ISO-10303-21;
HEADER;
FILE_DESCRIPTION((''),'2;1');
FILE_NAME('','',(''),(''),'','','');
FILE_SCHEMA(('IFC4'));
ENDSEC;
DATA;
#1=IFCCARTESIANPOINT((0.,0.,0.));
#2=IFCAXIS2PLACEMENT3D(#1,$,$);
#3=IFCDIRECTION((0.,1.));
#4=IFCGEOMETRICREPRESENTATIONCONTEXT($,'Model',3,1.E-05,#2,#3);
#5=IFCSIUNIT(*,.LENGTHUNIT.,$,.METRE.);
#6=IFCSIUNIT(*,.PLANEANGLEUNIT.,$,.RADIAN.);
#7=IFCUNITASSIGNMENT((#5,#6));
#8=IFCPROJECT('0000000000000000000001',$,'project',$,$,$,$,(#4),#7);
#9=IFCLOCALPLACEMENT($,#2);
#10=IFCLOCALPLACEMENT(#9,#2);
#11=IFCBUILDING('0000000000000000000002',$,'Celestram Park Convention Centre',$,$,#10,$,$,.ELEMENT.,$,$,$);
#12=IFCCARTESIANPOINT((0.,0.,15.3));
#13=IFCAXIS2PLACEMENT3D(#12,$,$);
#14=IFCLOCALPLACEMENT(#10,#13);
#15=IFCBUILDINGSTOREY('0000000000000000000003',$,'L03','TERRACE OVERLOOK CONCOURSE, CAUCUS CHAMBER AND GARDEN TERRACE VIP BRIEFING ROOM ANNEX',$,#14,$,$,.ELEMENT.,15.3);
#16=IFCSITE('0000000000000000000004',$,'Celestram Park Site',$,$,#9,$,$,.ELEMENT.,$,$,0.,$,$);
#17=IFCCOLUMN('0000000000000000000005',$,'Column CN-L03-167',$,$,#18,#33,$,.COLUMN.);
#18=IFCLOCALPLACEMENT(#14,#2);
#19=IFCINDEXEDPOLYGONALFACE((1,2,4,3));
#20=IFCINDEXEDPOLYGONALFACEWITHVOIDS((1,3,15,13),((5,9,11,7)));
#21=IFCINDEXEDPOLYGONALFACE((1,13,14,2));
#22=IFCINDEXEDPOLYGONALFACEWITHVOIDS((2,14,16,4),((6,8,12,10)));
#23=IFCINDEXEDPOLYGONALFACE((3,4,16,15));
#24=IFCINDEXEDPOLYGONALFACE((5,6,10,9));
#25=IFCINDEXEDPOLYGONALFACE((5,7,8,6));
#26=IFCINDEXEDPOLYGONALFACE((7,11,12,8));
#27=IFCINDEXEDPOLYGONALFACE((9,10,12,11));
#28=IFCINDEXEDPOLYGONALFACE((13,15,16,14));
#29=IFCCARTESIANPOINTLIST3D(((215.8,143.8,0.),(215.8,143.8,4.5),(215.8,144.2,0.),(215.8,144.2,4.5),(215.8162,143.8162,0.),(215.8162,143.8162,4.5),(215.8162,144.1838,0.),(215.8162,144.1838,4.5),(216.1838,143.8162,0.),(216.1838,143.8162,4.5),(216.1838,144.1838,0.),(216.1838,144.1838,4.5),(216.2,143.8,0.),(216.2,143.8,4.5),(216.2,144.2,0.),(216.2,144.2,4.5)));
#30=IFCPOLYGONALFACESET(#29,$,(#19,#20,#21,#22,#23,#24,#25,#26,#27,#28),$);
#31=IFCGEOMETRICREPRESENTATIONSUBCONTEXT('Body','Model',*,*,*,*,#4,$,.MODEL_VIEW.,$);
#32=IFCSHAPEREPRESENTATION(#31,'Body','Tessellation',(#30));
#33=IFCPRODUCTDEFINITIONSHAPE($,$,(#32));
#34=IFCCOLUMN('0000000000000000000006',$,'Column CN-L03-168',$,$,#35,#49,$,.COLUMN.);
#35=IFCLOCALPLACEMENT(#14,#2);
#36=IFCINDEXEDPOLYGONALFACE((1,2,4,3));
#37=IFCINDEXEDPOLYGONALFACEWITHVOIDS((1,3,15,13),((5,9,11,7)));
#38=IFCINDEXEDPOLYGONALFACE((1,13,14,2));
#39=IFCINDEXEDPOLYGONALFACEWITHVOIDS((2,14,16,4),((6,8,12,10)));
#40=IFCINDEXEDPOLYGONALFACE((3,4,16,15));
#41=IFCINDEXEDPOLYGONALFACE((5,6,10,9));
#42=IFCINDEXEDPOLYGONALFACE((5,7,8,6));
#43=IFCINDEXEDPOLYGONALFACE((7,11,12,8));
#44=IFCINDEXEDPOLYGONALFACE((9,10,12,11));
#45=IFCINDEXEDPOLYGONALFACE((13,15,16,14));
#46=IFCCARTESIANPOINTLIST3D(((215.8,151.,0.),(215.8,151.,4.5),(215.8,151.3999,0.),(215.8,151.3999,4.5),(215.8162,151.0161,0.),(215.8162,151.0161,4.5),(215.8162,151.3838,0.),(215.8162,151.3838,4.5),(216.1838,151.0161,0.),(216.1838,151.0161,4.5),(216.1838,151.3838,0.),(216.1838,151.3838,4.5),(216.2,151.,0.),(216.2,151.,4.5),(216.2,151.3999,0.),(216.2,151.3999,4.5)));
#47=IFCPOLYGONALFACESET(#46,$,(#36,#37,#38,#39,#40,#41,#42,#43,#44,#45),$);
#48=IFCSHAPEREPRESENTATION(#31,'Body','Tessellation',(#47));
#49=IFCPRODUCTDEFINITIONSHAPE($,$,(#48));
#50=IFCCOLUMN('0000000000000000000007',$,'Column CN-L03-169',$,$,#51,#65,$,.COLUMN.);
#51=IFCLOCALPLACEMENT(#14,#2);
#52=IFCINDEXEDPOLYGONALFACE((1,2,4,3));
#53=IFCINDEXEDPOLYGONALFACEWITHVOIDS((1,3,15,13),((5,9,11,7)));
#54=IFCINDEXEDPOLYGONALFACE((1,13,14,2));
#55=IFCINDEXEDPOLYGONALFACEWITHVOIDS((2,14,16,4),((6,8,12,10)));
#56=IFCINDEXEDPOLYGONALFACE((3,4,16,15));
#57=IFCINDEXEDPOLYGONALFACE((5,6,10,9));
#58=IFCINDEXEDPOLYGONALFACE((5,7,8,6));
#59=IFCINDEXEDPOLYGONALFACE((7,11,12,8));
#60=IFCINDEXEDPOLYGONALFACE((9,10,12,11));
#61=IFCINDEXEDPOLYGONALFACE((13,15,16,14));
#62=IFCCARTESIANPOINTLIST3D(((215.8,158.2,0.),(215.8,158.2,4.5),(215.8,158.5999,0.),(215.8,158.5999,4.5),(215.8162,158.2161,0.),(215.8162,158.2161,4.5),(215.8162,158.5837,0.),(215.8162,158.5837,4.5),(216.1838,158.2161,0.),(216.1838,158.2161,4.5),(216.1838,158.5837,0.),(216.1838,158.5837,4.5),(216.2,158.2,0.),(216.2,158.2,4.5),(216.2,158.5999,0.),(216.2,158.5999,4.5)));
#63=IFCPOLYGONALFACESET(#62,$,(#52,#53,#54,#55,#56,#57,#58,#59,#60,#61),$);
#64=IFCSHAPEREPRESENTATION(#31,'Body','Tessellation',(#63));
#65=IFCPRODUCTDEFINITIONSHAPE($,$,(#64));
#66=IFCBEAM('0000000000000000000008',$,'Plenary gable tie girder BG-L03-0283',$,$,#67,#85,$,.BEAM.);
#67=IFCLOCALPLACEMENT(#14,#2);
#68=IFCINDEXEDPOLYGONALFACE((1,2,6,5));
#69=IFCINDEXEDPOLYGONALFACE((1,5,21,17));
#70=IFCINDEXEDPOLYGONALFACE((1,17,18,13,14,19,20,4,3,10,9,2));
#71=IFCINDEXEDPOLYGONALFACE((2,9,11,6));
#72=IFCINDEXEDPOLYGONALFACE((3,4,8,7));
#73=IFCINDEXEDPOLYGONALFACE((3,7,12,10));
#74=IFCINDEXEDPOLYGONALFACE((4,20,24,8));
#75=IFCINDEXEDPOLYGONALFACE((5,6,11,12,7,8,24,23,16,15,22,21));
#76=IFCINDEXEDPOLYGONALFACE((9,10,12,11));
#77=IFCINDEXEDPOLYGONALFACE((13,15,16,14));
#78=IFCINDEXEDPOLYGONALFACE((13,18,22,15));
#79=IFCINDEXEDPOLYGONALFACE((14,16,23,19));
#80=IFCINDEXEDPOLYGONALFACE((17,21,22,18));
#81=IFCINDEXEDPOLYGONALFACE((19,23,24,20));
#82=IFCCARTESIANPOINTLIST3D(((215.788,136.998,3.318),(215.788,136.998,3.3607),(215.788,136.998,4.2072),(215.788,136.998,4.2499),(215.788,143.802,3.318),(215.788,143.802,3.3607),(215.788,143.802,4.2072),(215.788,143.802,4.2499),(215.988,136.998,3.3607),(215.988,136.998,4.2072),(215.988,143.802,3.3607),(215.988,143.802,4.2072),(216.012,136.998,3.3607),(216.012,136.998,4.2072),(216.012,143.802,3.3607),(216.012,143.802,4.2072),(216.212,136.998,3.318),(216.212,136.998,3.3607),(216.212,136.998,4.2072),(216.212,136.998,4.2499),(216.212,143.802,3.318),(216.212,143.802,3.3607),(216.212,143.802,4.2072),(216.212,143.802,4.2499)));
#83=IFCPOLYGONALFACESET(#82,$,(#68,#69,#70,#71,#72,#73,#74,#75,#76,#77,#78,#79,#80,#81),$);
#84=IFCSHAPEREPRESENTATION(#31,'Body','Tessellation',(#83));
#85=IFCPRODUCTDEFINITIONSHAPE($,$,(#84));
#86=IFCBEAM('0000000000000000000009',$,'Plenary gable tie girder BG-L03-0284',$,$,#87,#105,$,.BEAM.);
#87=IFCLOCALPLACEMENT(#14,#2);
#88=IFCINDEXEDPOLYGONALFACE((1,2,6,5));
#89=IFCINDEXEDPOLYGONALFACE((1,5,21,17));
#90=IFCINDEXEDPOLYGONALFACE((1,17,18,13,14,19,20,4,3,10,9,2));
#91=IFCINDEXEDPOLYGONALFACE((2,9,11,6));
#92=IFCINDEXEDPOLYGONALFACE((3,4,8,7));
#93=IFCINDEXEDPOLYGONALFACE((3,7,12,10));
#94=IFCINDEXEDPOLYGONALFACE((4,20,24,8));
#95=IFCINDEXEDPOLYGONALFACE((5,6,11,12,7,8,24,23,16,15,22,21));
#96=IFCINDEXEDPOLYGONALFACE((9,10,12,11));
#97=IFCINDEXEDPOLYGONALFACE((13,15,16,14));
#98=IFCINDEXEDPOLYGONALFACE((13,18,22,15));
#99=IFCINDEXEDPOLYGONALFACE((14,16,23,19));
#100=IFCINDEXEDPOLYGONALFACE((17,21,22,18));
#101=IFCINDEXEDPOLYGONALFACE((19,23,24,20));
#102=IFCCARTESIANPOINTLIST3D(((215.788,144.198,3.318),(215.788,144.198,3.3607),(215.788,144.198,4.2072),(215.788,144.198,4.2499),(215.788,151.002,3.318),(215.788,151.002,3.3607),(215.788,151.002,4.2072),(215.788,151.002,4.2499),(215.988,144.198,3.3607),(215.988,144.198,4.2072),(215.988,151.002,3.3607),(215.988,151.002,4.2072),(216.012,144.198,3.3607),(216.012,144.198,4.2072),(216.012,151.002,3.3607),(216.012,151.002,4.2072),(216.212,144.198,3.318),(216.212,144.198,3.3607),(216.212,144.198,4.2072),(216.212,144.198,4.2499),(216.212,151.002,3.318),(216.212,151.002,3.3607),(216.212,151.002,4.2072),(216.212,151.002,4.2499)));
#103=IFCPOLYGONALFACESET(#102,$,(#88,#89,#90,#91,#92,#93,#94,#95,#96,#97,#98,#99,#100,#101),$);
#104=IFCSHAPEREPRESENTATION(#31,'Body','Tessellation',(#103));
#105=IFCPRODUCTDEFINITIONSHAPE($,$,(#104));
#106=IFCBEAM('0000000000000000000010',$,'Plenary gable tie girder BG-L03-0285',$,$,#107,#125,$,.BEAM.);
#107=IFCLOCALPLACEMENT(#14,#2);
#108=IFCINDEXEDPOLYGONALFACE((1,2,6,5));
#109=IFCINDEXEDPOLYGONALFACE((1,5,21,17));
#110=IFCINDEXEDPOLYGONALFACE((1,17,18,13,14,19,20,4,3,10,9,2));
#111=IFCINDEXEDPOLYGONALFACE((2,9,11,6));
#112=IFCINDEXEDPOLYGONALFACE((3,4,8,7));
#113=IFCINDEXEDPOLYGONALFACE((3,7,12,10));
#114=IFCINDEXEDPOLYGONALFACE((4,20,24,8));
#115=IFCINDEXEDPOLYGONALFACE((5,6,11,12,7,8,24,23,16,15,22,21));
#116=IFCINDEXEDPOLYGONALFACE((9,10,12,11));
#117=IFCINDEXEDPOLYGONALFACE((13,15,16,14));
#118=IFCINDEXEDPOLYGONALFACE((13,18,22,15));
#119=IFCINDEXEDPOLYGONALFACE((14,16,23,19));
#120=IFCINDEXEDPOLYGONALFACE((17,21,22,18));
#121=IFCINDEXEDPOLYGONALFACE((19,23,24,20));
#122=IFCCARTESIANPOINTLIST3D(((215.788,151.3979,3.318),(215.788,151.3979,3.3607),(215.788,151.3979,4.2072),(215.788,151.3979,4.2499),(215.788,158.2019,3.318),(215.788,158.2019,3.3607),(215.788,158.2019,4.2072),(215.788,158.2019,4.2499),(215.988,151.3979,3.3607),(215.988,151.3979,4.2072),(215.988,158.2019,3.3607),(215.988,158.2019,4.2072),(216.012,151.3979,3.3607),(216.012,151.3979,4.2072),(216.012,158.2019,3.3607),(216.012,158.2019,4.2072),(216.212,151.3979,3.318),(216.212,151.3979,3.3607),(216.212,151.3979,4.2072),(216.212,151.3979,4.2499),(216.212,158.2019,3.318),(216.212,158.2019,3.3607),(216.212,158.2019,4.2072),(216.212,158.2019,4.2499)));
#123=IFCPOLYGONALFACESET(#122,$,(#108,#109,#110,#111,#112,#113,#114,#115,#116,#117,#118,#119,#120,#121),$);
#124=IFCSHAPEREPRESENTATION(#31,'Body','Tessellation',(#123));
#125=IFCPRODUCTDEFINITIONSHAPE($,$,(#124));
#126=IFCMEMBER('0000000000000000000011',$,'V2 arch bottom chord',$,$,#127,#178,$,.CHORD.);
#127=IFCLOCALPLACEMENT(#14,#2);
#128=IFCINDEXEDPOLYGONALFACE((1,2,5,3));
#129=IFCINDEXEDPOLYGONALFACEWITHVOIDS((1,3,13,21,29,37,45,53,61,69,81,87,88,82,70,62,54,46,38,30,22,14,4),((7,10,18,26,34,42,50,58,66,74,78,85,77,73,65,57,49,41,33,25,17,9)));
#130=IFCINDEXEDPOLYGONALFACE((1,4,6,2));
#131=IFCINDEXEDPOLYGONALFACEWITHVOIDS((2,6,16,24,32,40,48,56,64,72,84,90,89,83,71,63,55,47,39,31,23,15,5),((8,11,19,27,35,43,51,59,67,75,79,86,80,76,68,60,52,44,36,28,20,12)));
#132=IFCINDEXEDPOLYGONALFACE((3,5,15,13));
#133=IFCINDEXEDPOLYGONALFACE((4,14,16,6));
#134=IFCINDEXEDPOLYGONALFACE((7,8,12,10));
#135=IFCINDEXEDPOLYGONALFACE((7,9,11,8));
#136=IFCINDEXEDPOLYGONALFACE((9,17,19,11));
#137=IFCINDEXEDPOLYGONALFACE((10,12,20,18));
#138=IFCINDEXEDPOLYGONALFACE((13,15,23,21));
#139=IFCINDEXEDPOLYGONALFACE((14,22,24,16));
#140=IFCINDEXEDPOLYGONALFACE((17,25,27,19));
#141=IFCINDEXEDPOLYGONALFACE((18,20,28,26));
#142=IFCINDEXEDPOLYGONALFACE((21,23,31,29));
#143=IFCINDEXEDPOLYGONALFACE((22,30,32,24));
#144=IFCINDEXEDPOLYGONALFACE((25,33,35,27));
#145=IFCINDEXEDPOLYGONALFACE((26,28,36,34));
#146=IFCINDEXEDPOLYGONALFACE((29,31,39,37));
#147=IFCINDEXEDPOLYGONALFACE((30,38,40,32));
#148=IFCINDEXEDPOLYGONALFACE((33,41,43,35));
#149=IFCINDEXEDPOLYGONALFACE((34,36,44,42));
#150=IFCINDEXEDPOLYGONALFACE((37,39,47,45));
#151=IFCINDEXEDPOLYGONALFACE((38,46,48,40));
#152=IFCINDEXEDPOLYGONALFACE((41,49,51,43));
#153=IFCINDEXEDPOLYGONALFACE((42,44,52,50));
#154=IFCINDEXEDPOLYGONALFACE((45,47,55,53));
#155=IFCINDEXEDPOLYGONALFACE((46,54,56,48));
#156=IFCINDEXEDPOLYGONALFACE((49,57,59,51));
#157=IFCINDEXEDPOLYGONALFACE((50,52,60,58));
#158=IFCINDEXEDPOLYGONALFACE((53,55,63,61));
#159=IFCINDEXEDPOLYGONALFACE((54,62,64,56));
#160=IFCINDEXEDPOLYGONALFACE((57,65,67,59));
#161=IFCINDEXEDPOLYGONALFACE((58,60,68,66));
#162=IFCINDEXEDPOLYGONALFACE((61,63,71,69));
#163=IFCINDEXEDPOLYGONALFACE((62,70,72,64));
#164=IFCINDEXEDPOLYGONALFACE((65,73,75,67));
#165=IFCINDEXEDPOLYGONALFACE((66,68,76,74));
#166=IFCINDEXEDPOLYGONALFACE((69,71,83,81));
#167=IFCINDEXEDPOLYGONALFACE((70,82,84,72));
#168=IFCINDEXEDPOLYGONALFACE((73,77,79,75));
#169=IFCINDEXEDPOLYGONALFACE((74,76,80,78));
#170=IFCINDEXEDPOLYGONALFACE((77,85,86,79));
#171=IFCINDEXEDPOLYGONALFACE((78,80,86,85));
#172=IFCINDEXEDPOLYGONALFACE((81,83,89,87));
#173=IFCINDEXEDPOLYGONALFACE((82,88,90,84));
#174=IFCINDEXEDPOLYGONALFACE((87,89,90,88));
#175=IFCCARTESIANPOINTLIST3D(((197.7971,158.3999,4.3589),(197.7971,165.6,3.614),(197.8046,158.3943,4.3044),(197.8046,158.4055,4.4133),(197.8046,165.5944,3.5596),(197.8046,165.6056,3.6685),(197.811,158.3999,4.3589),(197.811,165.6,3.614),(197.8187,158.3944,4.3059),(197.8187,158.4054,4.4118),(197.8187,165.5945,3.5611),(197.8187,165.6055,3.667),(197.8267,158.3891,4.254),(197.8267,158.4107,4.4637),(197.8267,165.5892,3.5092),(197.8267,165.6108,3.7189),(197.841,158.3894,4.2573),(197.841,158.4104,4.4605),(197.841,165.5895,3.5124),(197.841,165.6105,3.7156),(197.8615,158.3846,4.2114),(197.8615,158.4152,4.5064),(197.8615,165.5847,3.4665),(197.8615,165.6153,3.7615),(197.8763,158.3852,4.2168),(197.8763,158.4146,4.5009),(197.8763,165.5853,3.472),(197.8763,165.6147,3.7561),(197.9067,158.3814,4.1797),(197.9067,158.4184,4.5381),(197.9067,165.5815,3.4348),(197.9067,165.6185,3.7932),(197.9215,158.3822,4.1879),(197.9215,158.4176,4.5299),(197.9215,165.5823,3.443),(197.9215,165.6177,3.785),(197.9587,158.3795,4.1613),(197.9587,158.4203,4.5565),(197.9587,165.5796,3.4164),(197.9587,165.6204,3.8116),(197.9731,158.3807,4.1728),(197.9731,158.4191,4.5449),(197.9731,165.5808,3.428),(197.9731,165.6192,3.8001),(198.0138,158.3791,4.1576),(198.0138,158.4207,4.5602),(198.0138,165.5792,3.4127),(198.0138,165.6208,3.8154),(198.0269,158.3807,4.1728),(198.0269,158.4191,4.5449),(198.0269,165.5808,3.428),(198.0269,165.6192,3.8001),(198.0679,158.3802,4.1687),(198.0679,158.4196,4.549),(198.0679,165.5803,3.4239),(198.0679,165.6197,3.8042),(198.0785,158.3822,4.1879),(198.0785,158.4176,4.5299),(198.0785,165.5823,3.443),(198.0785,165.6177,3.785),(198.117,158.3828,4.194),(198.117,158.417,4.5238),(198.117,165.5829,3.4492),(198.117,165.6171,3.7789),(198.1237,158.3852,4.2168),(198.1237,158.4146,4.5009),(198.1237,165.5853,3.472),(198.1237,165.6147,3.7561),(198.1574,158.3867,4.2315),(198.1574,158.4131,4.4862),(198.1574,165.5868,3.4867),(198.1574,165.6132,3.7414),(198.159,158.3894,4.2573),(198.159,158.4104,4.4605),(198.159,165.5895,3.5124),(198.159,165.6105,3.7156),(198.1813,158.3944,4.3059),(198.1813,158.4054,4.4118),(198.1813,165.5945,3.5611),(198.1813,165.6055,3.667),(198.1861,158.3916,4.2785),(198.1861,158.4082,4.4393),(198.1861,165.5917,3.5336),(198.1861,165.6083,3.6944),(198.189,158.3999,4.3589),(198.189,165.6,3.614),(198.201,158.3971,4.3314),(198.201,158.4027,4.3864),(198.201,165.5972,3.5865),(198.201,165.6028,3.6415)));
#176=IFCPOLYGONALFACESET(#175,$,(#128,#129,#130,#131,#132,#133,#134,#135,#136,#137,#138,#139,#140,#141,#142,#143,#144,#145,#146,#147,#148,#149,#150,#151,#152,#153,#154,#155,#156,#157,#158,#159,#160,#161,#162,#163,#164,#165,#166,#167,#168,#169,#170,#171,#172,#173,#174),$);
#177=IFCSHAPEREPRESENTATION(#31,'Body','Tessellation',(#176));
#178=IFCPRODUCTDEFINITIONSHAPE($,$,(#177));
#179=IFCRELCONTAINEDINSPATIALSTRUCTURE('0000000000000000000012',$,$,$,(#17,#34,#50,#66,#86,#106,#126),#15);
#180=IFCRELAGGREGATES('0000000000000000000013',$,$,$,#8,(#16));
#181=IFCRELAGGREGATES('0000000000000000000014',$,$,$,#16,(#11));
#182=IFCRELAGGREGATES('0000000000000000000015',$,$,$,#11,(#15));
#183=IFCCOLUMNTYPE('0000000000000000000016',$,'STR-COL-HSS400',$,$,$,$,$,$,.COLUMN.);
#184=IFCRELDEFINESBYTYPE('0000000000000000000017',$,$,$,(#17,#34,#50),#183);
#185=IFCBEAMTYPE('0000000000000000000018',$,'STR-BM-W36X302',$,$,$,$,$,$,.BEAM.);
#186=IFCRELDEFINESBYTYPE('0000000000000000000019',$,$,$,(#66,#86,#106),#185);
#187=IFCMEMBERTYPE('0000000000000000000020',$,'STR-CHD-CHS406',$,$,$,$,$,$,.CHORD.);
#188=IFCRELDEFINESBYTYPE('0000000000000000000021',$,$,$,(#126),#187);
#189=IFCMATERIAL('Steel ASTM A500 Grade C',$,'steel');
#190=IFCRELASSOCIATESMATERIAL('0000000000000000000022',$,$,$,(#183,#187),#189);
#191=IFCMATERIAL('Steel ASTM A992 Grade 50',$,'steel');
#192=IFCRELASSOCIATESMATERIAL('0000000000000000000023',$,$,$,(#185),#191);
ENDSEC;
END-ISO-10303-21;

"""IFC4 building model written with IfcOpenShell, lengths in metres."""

from ifc_helpers import new_model, si_unit, direction, frame, origin, origin_2d, place, context, subcontext, project, spatial, hollow_rectangle, hollow_circle, i_section, extrude, material, material_profile, profile_set, type_object, element, save


model = new_model("IFC4")

# Units and contexts
model_context = context("Model", 3, precision=1e-05, world=origin(), true_north=direction((0.0, 1.0)))
body_context = subcontext(model_context, "Body", "Model", "MODEL_VIEW")
ifc_project = project(units=[si_unit("LENGTHUNIT", "METRE"), si_unit("PLANEANGLEUNIT", "RADIAN")], contexts=[model_context])

# Site, building, storey
site_placement = place(None, origin())
site = spatial("IfcSite", under=ifc_project, at=site_placement, Name="Celestram Park Site", CompositionType="ELEMENT", RefElevation=0.0)
building_placement = place(site_placement, origin())
building = spatial("IfcBuilding", under=site, at=building_placement, Name="Celestram Park Convention Centre", CompositionType="ELEMENT")
storey_placement = place(building_placement, frame((0.0, 0.0, 15.3)))
storey = spatial("IfcBuildingStorey", under=building, at=storey_placement, Name="L03", Description="TERRACE OVERLOOK CONCOURSE, CAUCUS CHAMBER AND GARDEN TERRACE VIP BRIEFING ROOM ANNEX", CompositionType="ELEMENT", Elevation=15.3)

# Columns
ifc_material_1 = material(Name="Steel ASTM A500 Grade C", Category="steel")
ifc_material_profile_1 = material_profile(ifc_material_1, hollow_rectangle(XDim=0.3999, YDim=0.3999, WallThickness=0.0161, at=origin_2d()), Name="HSS400X400X16")
ifc_profile_set_1 = profile_set([ifc_material_profile_1], Name="Steel ASTM A500 Grade C")
column_type = type_object("IfcColumnType", Name="STR-COL-HSS400", PredefinedType="COLUMN", material=ifc_profile_set_1)
for number, where, z_axis, x_axis, name in (
    (1, (216.0, 144.0, 0.0), (0.0, 0.0, 1.0), (1.0, 0.0, 0.0), "Column CN-L03-167"),
    (2, (216.0, 151.2, 0.0), (0.0, 0.0, 1.0), (1.0, 0.0, 0.0), "Column CN-L03-168"),
    (3, (216.0, 158.3999, 0.0), (0.0, 0.0, 1.0), (1.0, 0.0, 0.0), "Column CN-L03-169"),
):
    element("IfcColumn", number, at=place(storey_placement, frame(where, z_axis=z_axis, x_axis=x_axis)), inside=storey, type_object=column_type, Name=name, PredefinedType="COLUMN", context=body_context, shape_type="SweptSolid", body=[
        extrude(hollow_rectangle(XDim=0.3999, YDim=0.3999, WallThickness=0.0161, at=origin_2d()), origin(), (0.0, 0.0, 1.0), 4.5),
    ])

# Beams
ifc_material_2 = material(Name="Steel ASTM A992 Grade 50", Category="steel")
ifc_material_profile_2 = material_profile(ifc_material_2, i_section(OverallWidth=0.4241, OverallDepth=0.9319, WebThickness=0.0239, FlangeThickness=0.0427, at=origin_2d()), Name="W36X302")
ifc_profile_set_2 = profile_set([ifc_material_profile_2], Name="Steel ASTM A992 Grade 50")
beam_type_1 = type_object("IfcBeamType", Name="STR-BM-W36X302", PredefinedType="BEAM", material=ifc_profile_set_2)
for number, where, z_axis, x_axis, name in (
    (4, (216.0, 136.998, 3.7839), (0.0, 1.0, 0.0), (-1.0, 0.0, 0.0), "Plenary gable tie girder BG-L03-0283"),
    (5, (216.0, 144.198, 3.7839), (0.0, 1.0, 0.0), (-1.0, 0.0, 0.0), "Plenary gable tie girder BG-L03-0284"),
    (6, (216.0, 151.3979, 3.7839), (0.0, 1.0, 0.0), (-1.0, 0.0, 0.0), "Plenary gable tie girder BG-L03-0285"),
):
    element("IfcBeam", number, at=place(storey_placement, frame(where, z_axis=z_axis, x_axis=x_axis)), inside=storey, type_object=beam_type_1, Name=name, PredefinedType="BEAM", context=body_context, shape_type="SweptSolid", body=[
        extrude(i_section(OverallWidth=0.4241, OverallDepth=0.9319, WebThickness=0.0239, FlangeThickness=0.0427, at=origin_2d()), origin(), (0.0, 0.0, 1.0), 6.804),
    ])

# Member
ifc_material_profile_3 = material_profile(ifc_material_1, hollow_circle(Radius=0.2029, WallThickness=0.0139, at=origin_2d()), Name="CHS406X14")
ifc_profile_set_3 = profile_set([ifc_material_profile_3], Name="Steel ASTM A500 Grade C")
member_type = type_object("IfcMemberType", Name="STR-CHD-CHS406", PredefinedType="CHORD", material=ifc_profile_set_3)
for number, where, z_axis, x_axis, name in (
    (7, (198.0, 158.3999, 4.3589), (0.0, 0.994691, -0.102903), (-1.0, 0.0, 0.0), "V2 arch bottom chord"),
):
    element("IfcMember", number, at=place(storey_placement, frame(where, z_axis=z_axis, x_axis=x_axis)), inside=storey, type_object=member_type, Name=name, PredefinedType="CHORD", context=body_context, shape_type="SweptSolid", body=[
        extrude(hollow_circle(Radius=0.2029, WallThickness=0.0139, at=origin_2d()), origin(), (0.0, 0.0, 1.0), 7.2385),
    ])

save(model, "model.ifc")
